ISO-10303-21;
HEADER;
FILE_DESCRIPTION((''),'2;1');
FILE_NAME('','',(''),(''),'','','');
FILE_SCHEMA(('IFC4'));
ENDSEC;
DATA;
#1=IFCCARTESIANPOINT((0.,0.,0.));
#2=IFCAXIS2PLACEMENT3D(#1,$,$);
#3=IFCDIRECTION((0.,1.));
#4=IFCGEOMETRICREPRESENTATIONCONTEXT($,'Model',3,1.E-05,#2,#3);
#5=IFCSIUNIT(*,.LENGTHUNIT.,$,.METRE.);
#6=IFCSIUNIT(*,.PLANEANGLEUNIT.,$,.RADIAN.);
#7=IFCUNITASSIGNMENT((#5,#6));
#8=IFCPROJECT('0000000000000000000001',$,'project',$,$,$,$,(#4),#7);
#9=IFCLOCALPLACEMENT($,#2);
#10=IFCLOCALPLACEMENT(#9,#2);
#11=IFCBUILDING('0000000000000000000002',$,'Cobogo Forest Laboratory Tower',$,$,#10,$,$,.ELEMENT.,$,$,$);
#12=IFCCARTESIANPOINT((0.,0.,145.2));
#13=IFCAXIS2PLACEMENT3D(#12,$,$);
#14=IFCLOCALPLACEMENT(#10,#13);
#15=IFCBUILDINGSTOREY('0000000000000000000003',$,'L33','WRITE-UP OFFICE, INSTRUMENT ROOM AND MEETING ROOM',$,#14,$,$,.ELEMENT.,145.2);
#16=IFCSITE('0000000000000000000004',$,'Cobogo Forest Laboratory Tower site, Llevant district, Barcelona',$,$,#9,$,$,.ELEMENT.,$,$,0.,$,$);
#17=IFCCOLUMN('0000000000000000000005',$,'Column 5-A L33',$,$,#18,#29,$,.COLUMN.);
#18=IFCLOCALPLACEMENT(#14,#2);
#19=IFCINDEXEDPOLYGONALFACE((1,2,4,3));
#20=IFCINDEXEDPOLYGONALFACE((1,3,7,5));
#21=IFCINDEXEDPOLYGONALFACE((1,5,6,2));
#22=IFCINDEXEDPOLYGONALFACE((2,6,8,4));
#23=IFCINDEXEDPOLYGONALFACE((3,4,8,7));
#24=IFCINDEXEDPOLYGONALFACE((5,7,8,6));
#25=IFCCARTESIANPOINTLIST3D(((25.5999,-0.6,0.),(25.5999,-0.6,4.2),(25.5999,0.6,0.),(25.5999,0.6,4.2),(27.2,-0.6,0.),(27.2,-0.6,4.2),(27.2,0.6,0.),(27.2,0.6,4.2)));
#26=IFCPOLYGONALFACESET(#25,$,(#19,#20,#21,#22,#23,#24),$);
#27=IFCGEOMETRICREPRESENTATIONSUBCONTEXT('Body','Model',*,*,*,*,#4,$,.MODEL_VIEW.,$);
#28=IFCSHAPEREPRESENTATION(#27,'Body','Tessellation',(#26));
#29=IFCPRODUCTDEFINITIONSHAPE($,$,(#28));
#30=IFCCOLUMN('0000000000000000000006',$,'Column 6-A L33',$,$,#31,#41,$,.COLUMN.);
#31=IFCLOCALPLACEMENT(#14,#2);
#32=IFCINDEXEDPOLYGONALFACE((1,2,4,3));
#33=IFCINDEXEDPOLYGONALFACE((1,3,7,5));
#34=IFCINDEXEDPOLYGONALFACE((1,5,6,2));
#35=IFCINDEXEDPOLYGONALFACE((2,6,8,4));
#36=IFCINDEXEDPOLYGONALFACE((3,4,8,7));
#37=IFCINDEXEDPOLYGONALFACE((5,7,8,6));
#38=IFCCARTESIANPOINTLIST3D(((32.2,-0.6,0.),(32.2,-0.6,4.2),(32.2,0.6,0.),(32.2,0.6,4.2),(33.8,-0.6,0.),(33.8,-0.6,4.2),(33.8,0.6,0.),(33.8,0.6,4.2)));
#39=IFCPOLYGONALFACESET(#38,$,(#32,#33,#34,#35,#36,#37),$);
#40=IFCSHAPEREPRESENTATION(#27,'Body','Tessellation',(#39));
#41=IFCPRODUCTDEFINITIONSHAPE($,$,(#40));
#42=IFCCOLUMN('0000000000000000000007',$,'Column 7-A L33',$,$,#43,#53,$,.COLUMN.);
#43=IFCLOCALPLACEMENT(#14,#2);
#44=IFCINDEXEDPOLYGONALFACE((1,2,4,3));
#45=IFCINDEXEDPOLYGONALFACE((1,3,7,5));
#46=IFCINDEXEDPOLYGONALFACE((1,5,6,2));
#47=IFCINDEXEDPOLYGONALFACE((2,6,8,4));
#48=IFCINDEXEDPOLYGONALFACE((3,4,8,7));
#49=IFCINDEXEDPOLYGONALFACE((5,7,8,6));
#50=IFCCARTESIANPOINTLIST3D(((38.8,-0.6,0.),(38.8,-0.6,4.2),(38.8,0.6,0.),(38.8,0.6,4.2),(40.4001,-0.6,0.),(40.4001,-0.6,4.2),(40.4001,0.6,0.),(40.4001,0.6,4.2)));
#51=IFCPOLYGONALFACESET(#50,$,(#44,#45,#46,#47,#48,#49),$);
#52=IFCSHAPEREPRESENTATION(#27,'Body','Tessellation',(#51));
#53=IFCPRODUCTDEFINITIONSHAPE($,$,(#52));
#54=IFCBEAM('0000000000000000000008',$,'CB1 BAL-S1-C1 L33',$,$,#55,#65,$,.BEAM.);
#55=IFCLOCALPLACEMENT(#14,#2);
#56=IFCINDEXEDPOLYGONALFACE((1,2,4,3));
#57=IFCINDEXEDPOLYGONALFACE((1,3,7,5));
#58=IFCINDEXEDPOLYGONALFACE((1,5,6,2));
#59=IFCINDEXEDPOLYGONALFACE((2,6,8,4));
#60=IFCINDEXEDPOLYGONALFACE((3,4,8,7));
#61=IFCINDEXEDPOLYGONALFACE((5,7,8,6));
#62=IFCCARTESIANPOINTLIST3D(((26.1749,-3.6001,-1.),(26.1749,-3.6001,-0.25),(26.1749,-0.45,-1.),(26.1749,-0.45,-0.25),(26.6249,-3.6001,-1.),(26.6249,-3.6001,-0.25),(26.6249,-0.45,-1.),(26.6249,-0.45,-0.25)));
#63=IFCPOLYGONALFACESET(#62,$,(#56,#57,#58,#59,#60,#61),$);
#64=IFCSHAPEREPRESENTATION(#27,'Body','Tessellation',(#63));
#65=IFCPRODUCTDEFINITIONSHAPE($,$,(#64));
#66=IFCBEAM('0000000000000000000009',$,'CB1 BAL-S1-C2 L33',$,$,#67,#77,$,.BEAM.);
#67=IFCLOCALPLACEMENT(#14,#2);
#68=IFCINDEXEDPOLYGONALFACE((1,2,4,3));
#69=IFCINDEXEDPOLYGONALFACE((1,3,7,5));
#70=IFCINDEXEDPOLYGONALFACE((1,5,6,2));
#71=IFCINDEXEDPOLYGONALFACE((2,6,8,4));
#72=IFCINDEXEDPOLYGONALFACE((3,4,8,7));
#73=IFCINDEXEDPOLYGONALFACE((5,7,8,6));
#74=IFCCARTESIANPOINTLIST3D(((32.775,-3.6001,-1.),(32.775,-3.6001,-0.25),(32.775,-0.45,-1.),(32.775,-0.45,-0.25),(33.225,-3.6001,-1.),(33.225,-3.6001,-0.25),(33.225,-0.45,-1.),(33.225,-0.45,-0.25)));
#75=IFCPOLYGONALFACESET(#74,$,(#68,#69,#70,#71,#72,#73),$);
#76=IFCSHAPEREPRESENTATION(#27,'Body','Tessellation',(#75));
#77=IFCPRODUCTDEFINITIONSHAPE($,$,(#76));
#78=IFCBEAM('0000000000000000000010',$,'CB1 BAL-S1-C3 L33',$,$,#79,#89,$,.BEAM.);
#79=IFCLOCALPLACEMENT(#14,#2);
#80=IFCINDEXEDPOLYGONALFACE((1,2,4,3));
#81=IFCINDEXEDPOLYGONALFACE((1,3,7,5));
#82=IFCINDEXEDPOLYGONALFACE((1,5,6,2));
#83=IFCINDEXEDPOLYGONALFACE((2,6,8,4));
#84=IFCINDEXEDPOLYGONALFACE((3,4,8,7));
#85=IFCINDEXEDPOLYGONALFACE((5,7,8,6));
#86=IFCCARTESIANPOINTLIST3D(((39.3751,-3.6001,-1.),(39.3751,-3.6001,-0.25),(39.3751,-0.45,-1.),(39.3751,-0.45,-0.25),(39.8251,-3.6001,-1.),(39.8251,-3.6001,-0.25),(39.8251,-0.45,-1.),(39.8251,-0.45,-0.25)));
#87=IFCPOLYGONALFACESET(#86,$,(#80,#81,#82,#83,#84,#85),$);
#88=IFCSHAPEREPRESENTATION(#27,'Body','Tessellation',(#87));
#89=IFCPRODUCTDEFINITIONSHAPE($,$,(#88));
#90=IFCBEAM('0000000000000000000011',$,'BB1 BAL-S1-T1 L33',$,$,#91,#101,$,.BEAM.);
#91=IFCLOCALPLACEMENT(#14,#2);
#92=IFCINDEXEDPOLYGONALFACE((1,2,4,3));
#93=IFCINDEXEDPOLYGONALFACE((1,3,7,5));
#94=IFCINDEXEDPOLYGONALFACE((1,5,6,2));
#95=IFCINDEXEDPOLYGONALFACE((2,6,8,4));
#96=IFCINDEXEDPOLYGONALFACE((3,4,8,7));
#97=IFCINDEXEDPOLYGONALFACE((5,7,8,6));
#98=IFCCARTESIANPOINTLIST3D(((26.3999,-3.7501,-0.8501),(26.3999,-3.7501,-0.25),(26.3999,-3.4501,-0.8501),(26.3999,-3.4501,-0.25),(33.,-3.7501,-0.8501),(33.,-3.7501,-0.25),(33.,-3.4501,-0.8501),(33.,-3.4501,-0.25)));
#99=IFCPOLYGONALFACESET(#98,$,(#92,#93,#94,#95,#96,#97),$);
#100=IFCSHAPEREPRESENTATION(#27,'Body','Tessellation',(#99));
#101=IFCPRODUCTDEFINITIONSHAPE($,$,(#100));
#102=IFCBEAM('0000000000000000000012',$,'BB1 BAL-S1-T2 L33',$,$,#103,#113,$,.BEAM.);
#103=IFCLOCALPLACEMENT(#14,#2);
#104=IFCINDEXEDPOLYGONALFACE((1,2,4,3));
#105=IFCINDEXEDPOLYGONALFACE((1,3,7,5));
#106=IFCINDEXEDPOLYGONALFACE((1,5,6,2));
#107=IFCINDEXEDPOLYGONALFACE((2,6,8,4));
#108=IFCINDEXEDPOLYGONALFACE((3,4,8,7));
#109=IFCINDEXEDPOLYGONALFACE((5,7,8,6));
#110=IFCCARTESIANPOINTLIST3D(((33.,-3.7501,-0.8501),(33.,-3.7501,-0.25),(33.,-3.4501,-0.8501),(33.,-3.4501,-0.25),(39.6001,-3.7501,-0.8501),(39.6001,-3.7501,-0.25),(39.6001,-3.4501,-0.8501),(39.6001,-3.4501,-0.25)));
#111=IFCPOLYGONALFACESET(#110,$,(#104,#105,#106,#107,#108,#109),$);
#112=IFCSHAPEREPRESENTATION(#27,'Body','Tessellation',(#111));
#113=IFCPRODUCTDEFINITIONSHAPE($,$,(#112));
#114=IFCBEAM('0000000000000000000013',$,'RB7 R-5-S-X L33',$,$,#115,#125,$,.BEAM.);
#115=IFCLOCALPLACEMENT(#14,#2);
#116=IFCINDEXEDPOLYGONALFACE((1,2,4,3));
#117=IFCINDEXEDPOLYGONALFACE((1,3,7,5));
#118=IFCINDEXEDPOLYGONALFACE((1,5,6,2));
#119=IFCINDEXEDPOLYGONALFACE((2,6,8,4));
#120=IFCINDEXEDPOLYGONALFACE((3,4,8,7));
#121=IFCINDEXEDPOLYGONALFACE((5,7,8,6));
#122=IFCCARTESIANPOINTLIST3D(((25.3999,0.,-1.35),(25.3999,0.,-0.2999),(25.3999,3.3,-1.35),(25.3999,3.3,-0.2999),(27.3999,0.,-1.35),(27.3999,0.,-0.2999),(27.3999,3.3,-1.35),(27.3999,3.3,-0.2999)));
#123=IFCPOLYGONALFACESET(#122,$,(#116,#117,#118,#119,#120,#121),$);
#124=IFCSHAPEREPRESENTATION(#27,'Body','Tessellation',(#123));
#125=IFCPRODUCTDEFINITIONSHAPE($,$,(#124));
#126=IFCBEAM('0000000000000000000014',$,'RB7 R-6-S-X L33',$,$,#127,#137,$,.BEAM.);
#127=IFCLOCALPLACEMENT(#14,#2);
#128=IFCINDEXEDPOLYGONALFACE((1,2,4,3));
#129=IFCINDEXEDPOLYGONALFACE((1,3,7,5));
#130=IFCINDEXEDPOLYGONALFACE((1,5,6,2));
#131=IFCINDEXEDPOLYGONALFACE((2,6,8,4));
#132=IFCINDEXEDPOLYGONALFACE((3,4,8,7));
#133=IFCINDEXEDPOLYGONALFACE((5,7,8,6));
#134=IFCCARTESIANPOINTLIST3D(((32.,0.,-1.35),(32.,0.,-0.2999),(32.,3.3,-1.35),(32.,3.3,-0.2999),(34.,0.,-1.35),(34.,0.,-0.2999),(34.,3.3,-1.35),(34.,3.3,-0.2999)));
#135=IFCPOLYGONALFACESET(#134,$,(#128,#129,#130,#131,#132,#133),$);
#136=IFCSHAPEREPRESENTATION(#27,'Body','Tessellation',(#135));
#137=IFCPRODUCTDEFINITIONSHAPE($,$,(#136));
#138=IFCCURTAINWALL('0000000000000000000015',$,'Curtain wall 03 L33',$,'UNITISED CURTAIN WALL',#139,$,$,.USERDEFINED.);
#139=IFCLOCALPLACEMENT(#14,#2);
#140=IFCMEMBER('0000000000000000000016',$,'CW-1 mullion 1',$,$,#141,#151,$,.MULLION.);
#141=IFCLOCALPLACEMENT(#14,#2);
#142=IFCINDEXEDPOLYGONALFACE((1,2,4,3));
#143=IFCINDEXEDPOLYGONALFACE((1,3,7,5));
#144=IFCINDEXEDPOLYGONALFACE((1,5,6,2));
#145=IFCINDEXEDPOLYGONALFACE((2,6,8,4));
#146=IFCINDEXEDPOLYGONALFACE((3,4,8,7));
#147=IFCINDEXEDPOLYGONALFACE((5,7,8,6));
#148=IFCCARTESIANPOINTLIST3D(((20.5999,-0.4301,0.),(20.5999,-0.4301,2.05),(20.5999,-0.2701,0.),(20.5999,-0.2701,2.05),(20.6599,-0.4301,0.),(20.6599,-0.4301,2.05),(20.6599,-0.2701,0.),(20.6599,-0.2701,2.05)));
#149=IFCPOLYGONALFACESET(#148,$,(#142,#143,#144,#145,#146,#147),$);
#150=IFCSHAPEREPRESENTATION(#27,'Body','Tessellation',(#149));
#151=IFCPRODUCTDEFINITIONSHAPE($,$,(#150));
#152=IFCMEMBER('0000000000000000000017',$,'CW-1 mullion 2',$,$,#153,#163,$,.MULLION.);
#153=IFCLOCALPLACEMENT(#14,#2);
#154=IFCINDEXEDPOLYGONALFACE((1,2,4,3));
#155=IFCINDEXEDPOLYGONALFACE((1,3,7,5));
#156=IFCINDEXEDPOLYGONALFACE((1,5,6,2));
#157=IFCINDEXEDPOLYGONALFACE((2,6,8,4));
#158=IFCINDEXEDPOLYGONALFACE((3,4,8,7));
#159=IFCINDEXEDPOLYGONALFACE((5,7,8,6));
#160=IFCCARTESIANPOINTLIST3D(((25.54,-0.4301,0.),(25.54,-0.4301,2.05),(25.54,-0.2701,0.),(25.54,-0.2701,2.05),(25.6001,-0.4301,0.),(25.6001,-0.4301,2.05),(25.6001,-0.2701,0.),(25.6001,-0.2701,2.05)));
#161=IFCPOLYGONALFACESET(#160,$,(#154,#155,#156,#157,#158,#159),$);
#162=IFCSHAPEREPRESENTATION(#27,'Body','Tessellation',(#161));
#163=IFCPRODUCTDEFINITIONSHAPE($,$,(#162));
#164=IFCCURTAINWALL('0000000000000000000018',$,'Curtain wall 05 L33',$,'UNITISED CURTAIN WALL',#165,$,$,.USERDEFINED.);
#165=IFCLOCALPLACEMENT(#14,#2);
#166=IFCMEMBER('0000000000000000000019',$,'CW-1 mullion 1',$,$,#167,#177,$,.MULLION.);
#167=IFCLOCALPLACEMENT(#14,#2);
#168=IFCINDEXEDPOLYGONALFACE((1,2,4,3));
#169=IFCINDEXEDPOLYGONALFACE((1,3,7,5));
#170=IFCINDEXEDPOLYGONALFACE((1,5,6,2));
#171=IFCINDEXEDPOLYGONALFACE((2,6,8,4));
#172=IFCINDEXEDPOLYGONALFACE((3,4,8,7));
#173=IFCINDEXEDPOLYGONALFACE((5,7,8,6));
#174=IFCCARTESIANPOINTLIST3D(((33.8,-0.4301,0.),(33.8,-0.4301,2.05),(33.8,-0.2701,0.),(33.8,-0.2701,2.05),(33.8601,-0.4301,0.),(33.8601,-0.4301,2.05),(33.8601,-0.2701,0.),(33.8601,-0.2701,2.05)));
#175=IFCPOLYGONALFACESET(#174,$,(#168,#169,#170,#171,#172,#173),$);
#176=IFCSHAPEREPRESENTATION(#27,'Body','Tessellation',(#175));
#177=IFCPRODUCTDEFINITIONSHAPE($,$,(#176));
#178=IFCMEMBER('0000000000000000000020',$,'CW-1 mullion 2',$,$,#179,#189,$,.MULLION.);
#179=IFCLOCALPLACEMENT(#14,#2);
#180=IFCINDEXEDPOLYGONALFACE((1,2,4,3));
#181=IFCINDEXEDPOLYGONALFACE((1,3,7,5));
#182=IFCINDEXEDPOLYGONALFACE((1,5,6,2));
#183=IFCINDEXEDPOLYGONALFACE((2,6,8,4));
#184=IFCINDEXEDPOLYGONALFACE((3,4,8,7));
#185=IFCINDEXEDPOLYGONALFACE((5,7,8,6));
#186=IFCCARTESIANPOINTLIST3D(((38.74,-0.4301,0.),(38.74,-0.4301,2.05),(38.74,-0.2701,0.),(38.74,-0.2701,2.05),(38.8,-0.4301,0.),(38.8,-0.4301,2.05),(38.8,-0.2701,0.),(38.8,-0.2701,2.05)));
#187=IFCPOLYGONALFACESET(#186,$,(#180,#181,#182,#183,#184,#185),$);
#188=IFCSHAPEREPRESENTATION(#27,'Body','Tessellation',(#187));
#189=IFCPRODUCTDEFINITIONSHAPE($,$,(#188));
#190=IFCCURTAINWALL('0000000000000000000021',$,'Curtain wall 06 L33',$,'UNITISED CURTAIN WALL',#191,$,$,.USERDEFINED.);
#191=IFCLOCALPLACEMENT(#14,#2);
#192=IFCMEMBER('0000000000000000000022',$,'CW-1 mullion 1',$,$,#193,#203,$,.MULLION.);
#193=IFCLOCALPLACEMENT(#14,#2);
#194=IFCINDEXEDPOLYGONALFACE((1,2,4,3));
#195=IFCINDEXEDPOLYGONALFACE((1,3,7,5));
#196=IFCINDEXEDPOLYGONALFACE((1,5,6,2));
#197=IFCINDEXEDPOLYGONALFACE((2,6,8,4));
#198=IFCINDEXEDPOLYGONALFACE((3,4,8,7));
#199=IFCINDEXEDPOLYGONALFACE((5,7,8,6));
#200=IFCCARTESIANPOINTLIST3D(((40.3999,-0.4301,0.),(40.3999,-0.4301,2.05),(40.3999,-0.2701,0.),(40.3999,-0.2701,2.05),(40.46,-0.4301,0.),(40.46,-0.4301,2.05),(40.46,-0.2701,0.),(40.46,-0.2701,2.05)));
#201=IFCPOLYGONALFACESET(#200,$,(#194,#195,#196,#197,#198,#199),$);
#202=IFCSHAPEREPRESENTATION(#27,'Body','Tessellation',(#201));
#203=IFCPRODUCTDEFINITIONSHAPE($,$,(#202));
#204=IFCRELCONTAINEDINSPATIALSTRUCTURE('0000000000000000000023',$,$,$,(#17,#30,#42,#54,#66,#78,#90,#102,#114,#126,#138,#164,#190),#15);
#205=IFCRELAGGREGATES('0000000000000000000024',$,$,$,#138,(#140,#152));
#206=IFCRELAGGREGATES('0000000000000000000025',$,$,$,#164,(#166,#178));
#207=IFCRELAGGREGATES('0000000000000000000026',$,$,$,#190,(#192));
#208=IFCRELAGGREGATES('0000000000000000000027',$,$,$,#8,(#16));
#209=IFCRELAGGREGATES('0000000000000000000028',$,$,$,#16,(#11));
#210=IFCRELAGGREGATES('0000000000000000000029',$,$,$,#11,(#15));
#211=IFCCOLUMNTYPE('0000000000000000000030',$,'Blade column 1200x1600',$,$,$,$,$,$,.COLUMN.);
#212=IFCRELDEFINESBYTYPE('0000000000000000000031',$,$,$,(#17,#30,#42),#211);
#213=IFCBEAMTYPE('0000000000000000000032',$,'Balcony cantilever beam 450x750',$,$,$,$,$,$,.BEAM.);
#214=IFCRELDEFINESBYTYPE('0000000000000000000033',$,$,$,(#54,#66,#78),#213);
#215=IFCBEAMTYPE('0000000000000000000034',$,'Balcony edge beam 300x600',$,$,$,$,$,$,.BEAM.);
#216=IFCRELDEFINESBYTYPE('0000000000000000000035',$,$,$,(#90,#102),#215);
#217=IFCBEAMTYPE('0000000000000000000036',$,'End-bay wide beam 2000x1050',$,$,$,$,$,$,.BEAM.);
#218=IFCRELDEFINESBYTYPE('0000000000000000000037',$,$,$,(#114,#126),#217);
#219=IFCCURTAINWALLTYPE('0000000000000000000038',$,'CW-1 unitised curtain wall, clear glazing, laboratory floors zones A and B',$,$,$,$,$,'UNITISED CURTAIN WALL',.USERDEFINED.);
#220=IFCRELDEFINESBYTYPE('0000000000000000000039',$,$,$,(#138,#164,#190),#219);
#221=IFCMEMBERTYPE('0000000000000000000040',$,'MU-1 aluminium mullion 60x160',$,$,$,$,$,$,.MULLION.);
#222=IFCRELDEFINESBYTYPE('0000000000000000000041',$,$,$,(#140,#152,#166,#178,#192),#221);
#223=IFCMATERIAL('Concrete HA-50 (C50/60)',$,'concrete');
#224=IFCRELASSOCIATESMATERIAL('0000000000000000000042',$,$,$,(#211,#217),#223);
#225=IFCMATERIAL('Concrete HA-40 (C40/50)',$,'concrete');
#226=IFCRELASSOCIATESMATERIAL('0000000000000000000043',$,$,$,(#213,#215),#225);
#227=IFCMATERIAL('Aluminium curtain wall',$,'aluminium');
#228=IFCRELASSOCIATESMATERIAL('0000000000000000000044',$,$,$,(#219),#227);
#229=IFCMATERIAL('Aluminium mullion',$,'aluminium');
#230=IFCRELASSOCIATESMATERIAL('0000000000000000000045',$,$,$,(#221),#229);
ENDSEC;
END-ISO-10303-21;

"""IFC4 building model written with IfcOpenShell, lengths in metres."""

from ifc_helpers import new_model, si_unit, direction, frame, origin, origin_2d, place, context, subcontext, project, spatial, rectangle, extrude, material, material_profile, profile_set, type_object, element, aggregate, save


model = new_model("IFC4")

# Units and contexts
model_context = context("Model", 3, precision=1e-05, world=origin(), true_north=direction((0.0, 1.0)))
body_context = subcontext(model_context, "Body", "Model", "MODEL_VIEW")
ifc_project = project(units=[si_unit("LENGTHUNIT", "METRE"), si_unit("PLANEANGLEUNIT", "RADIAN")], contexts=[model_context])

# Site, building, storey
site_placement = place(None, origin())
site = spatial("IfcSite", under=ifc_project, at=site_placement, Name="Cobogo Forest Laboratory Tower site, Llevant district, Barcelona", CompositionType="ELEMENT", RefElevation=0.0)
building_placement = place(site_placement, origin())
building = spatial("IfcBuilding", under=site, at=building_placement, Name="Cobogo Forest Laboratory Tower", CompositionType="ELEMENT")
storey_placement = place(building_placement, frame((0.0, 0.0, 145.2)))
storey = spatial("IfcBuildingStorey", under=building, at=storey_placement, Name="L33", Description="WRITE-UP OFFICE, INSTRUMENT ROOM AND MEETING ROOM", CompositionType="ELEMENT", Elevation=145.2)

# Columns
ifc_material_1 = material(Name="Concrete HA-50 (C50/60)", Category="concrete")
ifc_material_profile_1 = material_profile(ifc_material_1, rectangle(XDim=1.6001, YDim=1.2, at=origin_2d()), Name="RC 1200x1600")
ifc_profile_set_1 = profile_set([ifc_material_profile_1], Name="Concrete HA-50 (C50/60)")
column_type = type_object("IfcColumnType", Name="Blade column 1200x1600", PredefinedType="COLUMN", material=ifc_profile_set_1)
for number, where, z_axis, x_axis, name in (
    (1, (26.3999, 0.0, 0.0), (0.0, 0.0, 1.0), (1.0, 0.0, 0.0), "Column 5-A L33"),
    (2, (33.0, 0.0, 0.0), (0.0, 0.0, 1.0), (1.0, 0.0, 0.0), "Column 6-A L33"),
    (3, (39.6001, 0.0, 0.0), (0.0, 0.0, 1.0), (1.0, 0.0, 0.0), "Column 7-A L33"),
):
    element("IfcColumn", number, at=place(storey_placement, frame(where, z_axis=z_axis, x_axis=x_axis)), inside=storey, type_object=column_type, Name=name, PredefinedType="COLUMN", context=body_context, shape_type="SweptSolid", body=[
        extrude(rectangle(XDim=1.6001, YDim=1.2, at=origin_2d()), origin(), (0.0, 0.0, 1.0), 4.2),
    ])

# Beams
ifc_material_2 = material(Name="Concrete HA-40 (C40/50)", Category="concrete")
ifc_material_profile_2 = material_profile(ifc_material_2, rectangle(XDim=0.45, YDim=0.75, at=origin_2d()), Name="RC 450x750")
ifc_profile_set_2 = profile_set([ifc_material_profile_2], Name="Concrete HA-40 (C40/50)")
beam_type_1 = type_object("IfcBeamType", Name="Balcony cantilever beam 450x750", PredefinedType="BEAM", material=ifc_profile_set_2)
for number, where, z_axis, x_axis, name in (
    (4, (26.3999, -0.45, -0.625), (0.0, -1.0, 0.0), (1.0, 0.0, 0.0), "CB1 BAL-S1-C1 L33"),
    (5, (33.0, -0.45, -0.625), (0.0, -1.0, 0.0), (1.0, 0.0, 0.0), "CB1 BAL-S1-C2 L33"),
    (6, (39.6001, -0.45, -0.625), (0.0, -1.0, 0.0), (1.0, 0.0, 0.0), "CB1 BAL-S1-C3 L33"),
):
    element("IfcBeam", number, at=place(storey_placement, frame(where, z_axis=z_axis, x_axis=x_axis)), inside=storey, type_object=beam_type_1, Name=name, PredefinedType="BEAM", context=body_context, shape_type="SweptSolid", body=[
        extrude(rectangle(XDim=0.45, YDim=0.75, at=origin_2d()), origin(), (0.0, 0.0, 1.0), 3.1501),
    ])
ifc_material_profile_3 = material_profile(ifc_material_2, rectangle(XDim=0.3, YDim=0.6001, at=origin_2d()), Name="RC 300x600")
ifc_profile_set_3 = profile_set([ifc_material_profile_3], Name="Concrete HA-40 (C40/50)")
beam_type_2 = type_object("IfcBeamType", Name="Balcony edge beam 300x600", PredefinedType="BEAM", material=ifc_profile_set_3)
for number, where, z_axis, x_axis, name in (
    (7, (26.3999, -3.6001, -0.55), (1.0, 0.0, 0.0), (0.0, 1.0, 0.0), "BB1 BAL-S1-T1 L33"),
    (8, (33.0, -3.6001, -0.55), (1.0, 0.0, 0.0), (0.0, 1.0, 0.0), "BB1 BAL-S1-T2 L33"),
):
    element("IfcBeam", number, at=place(storey_placement, frame(where, z_axis=z_axis, x_axis=x_axis)), inside=storey, type_object=beam_type_2, Name=name, PredefinedType="BEAM", context=body_context, shape_type="SweptSolid", body=[
        extrude(rectangle(XDim=0.3, YDim=0.6001, at=origin_2d()), origin(), (0.0, 0.0, 1.0), 6.6001),
    ])
ifc_material_profile_4 = material_profile(ifc_material_1, rectangle(XDim=2.0, YDim=1.05, at=origin_2d()), Name="RC 2000x1050")
ifc_profile_set_4 = profile_set([ifc_material_profile_4], Name="Concrete HA-50 (C50/60)")
beam_type_3 = type_object("IfcBeamType", Name="End-bay wide beam 2000x1050", PredefinedType="BEAM", material=ifc_profile_set_4)
for number, where, z_axis, x_axis, name in (
    (9, (26.3999, 0.0, -0.825), (0.0, 1.0, 0.0), (-1.0, 0.0, 0.0), "RB7 R-5-S-X L33"),
    (10, (33.0, 0.0, -0.825), (0.0, 1.0, 0.0), (-1.0, 0.0, 0.0), "RB7 R-6-S-X L33"),
):
    element("IfcBeam", number, at=place(storey_placement, frame(where, z_axis=z_axis, x_axis=x_axis)), inside=storey, type_object=beam_type_3, Name=name, PredefinedType="BEAM", context=body_context, shape_type="SweptSolid", body=[
        extrude(rectangle(XDim=2.0, YDim=1.05, at=origin_2d()), origin(), (0.0, 0.0, 1.0), 3.3),
    ])

# Curtain walls, members
ifc_material_3 = material(Name="Aluminium curtain wall", Category="aluminium")
curtain_wall_type = type_object("IfcCurtainWallType", Name="CW-1 unitised curtain wall, clear glazing, laboratory floors zones A and B", ElementType="UNITISED CURTAIN WALL", PredefinedType="USERDEFINED", material=ifc_material_3)
curtain_wall_1_placement = place(storey_placement, origin())
curtain_wall_1 = element("IfcCurtainWall", 11, at=curtain_wall_1_placement, inside=storey, type_object=curtain_wall_type, Name="Curtain wall 03 L33", ObjectType="UNITISED CURTAIN WALL", PredefinedType="USERDEFINED")
ifc_material_4 = material(Name="Aluminium mullion", Category="aluminium")
ifc_material_profile_5 = material_profile(ifc_material_4, rectangle(XDim=0.0601, YDim=0.1599, at=origin_2d()), Name="AL 60x160")
ifc_profile_set_5 = profile_set([ifc_material_profile_5], Name="Aluminium mullion")
member_type_1 = type_object("IfcMemberType", Name="MU-1 aluminium mullion 60x160", PredefinedType="MULLION", material=ifc_profile_set_5)
member_1_placement = place(storey_placement, frame((20.6299, -0.3501, 0.0), z_axis=(0.0, 0.0, 1.0), x_axis=(1.0, 0.0, 0.0)))
member_1 = element("IfcMember", 12, at=member_1_placement, type_object=member_type_1, Name="CW-1 mullion 1", PredefinedType="MULLION", context=body_context, shape_type="SweptSolid", body=[
    extrude(rectangle(XDim=0.0601, YDim=0.1599, at=origin_2d()), origin(), (0.0, 0.0, 1.0), 2.05),
])
member_2_placement = place(storey_placement, frame((25.5701, -0.3501, 0.0), z_axis=(0.0, 0.0, 1.0), x_axis=(1.0, 0.0, 0.0)))
member_2 = element("IfcMember", 13, at=member_2_placement, type_object=member_type_1, Name="CW-1 mullion 2", PredefinedType="MULLION", context=body_context, shape_type="SweptSolid", body=[
    extrude(rectangle(XDim=0.0601, YDim=0.1599, at=origin_2d()), origin(), (0.0, 0.0, 1.0), 2.05),
])
curtain_wall_2_placement = place(storey_placement, origin())
curtain_wall_2 = element("IfcCurtainWall", 14, at=curtain_wall_2_placement, inside=storey, type_object=curtain_wall_type, Name="Curtain wall 05 L33", ObjectType="UNITISED CURTAIN WALL", PredefinedType="USERDEFINED")
member_3_placement = place(storey_placement, frame((33.8301, -0.3501, 0.0), z_axis=(0.0, 0.0, 1.0), x_axis=(1.0, 0.0, 0.0)))
member_3 = element("IfcMember", 15, at=member_3_placement, type_object=member_type_1, Name="CW-1 mullion 1", PredefinedType="MULLION", context=body_context, shape_type="SweptSolid", body=[
    extrude(rectangle(XDim=0.0601, YDim=0.1599, at=origin_2d()), origin(), (0.0, 0.0, 1.0), 2.05),
])
member_4_placement = place(storey_placement, frame((38.77, -0.3501, 0.0), z_axis=(0.0, 0.0, 1.0), x_axis=(1.0, 0.0, 0.0)))
member_4 = element("IfcMember", 16, at=member_4_placement, type_object=member_type_1, Name="CW-1 mullion 2", PredefinedType="MULLION", context=body_context, shape_type="SweptSolid", body=[
    extrude(rectangle(XDim=0.0601, YDim=0.1599, at=origin_2d()), origin(), (0.0, 0.0, 1.0), 2.05),
])
curtain_wall_3_placement = place(storey_placement, origin())
curtain_wall_3 = element("IfcCurtainWall", 17, at=curtain_wall_3_placement, inside=storey, type_object=curtain_wall_type, Name="Curtain wall 06 L33", ObjectType="UNITISED CURTAIN WALL", PredefinedType="USERDEFINED")
member_5_placement = place(storey_placement, frame((40.4299, -0.3501, 0.0), z_axis=(0.0, 0.0, 1.0), x_axis=(1.0, 0.0, 0.0)))
member_5 = element("IfcMember", 18, at=member_5_placement, type_object=member_type_1, Name="CW-1 mullion 1", PredefinedType="MULLION", context=body_context, shape_type="SweptSolid", body=[
    extrude(rectangle(XDim=0.0601, YDim=0.1599, at=origin_2d()), origin(), (0.0, 0.0, 1.0), 2.05),
])

aggregate(curtain_wall_1, [member_1, member_2])
aggregate(curtain_wall_2, [member_3, member_4])
aggregate(curtain_wall_3, [member_5])

save(model, "model.ifc")
